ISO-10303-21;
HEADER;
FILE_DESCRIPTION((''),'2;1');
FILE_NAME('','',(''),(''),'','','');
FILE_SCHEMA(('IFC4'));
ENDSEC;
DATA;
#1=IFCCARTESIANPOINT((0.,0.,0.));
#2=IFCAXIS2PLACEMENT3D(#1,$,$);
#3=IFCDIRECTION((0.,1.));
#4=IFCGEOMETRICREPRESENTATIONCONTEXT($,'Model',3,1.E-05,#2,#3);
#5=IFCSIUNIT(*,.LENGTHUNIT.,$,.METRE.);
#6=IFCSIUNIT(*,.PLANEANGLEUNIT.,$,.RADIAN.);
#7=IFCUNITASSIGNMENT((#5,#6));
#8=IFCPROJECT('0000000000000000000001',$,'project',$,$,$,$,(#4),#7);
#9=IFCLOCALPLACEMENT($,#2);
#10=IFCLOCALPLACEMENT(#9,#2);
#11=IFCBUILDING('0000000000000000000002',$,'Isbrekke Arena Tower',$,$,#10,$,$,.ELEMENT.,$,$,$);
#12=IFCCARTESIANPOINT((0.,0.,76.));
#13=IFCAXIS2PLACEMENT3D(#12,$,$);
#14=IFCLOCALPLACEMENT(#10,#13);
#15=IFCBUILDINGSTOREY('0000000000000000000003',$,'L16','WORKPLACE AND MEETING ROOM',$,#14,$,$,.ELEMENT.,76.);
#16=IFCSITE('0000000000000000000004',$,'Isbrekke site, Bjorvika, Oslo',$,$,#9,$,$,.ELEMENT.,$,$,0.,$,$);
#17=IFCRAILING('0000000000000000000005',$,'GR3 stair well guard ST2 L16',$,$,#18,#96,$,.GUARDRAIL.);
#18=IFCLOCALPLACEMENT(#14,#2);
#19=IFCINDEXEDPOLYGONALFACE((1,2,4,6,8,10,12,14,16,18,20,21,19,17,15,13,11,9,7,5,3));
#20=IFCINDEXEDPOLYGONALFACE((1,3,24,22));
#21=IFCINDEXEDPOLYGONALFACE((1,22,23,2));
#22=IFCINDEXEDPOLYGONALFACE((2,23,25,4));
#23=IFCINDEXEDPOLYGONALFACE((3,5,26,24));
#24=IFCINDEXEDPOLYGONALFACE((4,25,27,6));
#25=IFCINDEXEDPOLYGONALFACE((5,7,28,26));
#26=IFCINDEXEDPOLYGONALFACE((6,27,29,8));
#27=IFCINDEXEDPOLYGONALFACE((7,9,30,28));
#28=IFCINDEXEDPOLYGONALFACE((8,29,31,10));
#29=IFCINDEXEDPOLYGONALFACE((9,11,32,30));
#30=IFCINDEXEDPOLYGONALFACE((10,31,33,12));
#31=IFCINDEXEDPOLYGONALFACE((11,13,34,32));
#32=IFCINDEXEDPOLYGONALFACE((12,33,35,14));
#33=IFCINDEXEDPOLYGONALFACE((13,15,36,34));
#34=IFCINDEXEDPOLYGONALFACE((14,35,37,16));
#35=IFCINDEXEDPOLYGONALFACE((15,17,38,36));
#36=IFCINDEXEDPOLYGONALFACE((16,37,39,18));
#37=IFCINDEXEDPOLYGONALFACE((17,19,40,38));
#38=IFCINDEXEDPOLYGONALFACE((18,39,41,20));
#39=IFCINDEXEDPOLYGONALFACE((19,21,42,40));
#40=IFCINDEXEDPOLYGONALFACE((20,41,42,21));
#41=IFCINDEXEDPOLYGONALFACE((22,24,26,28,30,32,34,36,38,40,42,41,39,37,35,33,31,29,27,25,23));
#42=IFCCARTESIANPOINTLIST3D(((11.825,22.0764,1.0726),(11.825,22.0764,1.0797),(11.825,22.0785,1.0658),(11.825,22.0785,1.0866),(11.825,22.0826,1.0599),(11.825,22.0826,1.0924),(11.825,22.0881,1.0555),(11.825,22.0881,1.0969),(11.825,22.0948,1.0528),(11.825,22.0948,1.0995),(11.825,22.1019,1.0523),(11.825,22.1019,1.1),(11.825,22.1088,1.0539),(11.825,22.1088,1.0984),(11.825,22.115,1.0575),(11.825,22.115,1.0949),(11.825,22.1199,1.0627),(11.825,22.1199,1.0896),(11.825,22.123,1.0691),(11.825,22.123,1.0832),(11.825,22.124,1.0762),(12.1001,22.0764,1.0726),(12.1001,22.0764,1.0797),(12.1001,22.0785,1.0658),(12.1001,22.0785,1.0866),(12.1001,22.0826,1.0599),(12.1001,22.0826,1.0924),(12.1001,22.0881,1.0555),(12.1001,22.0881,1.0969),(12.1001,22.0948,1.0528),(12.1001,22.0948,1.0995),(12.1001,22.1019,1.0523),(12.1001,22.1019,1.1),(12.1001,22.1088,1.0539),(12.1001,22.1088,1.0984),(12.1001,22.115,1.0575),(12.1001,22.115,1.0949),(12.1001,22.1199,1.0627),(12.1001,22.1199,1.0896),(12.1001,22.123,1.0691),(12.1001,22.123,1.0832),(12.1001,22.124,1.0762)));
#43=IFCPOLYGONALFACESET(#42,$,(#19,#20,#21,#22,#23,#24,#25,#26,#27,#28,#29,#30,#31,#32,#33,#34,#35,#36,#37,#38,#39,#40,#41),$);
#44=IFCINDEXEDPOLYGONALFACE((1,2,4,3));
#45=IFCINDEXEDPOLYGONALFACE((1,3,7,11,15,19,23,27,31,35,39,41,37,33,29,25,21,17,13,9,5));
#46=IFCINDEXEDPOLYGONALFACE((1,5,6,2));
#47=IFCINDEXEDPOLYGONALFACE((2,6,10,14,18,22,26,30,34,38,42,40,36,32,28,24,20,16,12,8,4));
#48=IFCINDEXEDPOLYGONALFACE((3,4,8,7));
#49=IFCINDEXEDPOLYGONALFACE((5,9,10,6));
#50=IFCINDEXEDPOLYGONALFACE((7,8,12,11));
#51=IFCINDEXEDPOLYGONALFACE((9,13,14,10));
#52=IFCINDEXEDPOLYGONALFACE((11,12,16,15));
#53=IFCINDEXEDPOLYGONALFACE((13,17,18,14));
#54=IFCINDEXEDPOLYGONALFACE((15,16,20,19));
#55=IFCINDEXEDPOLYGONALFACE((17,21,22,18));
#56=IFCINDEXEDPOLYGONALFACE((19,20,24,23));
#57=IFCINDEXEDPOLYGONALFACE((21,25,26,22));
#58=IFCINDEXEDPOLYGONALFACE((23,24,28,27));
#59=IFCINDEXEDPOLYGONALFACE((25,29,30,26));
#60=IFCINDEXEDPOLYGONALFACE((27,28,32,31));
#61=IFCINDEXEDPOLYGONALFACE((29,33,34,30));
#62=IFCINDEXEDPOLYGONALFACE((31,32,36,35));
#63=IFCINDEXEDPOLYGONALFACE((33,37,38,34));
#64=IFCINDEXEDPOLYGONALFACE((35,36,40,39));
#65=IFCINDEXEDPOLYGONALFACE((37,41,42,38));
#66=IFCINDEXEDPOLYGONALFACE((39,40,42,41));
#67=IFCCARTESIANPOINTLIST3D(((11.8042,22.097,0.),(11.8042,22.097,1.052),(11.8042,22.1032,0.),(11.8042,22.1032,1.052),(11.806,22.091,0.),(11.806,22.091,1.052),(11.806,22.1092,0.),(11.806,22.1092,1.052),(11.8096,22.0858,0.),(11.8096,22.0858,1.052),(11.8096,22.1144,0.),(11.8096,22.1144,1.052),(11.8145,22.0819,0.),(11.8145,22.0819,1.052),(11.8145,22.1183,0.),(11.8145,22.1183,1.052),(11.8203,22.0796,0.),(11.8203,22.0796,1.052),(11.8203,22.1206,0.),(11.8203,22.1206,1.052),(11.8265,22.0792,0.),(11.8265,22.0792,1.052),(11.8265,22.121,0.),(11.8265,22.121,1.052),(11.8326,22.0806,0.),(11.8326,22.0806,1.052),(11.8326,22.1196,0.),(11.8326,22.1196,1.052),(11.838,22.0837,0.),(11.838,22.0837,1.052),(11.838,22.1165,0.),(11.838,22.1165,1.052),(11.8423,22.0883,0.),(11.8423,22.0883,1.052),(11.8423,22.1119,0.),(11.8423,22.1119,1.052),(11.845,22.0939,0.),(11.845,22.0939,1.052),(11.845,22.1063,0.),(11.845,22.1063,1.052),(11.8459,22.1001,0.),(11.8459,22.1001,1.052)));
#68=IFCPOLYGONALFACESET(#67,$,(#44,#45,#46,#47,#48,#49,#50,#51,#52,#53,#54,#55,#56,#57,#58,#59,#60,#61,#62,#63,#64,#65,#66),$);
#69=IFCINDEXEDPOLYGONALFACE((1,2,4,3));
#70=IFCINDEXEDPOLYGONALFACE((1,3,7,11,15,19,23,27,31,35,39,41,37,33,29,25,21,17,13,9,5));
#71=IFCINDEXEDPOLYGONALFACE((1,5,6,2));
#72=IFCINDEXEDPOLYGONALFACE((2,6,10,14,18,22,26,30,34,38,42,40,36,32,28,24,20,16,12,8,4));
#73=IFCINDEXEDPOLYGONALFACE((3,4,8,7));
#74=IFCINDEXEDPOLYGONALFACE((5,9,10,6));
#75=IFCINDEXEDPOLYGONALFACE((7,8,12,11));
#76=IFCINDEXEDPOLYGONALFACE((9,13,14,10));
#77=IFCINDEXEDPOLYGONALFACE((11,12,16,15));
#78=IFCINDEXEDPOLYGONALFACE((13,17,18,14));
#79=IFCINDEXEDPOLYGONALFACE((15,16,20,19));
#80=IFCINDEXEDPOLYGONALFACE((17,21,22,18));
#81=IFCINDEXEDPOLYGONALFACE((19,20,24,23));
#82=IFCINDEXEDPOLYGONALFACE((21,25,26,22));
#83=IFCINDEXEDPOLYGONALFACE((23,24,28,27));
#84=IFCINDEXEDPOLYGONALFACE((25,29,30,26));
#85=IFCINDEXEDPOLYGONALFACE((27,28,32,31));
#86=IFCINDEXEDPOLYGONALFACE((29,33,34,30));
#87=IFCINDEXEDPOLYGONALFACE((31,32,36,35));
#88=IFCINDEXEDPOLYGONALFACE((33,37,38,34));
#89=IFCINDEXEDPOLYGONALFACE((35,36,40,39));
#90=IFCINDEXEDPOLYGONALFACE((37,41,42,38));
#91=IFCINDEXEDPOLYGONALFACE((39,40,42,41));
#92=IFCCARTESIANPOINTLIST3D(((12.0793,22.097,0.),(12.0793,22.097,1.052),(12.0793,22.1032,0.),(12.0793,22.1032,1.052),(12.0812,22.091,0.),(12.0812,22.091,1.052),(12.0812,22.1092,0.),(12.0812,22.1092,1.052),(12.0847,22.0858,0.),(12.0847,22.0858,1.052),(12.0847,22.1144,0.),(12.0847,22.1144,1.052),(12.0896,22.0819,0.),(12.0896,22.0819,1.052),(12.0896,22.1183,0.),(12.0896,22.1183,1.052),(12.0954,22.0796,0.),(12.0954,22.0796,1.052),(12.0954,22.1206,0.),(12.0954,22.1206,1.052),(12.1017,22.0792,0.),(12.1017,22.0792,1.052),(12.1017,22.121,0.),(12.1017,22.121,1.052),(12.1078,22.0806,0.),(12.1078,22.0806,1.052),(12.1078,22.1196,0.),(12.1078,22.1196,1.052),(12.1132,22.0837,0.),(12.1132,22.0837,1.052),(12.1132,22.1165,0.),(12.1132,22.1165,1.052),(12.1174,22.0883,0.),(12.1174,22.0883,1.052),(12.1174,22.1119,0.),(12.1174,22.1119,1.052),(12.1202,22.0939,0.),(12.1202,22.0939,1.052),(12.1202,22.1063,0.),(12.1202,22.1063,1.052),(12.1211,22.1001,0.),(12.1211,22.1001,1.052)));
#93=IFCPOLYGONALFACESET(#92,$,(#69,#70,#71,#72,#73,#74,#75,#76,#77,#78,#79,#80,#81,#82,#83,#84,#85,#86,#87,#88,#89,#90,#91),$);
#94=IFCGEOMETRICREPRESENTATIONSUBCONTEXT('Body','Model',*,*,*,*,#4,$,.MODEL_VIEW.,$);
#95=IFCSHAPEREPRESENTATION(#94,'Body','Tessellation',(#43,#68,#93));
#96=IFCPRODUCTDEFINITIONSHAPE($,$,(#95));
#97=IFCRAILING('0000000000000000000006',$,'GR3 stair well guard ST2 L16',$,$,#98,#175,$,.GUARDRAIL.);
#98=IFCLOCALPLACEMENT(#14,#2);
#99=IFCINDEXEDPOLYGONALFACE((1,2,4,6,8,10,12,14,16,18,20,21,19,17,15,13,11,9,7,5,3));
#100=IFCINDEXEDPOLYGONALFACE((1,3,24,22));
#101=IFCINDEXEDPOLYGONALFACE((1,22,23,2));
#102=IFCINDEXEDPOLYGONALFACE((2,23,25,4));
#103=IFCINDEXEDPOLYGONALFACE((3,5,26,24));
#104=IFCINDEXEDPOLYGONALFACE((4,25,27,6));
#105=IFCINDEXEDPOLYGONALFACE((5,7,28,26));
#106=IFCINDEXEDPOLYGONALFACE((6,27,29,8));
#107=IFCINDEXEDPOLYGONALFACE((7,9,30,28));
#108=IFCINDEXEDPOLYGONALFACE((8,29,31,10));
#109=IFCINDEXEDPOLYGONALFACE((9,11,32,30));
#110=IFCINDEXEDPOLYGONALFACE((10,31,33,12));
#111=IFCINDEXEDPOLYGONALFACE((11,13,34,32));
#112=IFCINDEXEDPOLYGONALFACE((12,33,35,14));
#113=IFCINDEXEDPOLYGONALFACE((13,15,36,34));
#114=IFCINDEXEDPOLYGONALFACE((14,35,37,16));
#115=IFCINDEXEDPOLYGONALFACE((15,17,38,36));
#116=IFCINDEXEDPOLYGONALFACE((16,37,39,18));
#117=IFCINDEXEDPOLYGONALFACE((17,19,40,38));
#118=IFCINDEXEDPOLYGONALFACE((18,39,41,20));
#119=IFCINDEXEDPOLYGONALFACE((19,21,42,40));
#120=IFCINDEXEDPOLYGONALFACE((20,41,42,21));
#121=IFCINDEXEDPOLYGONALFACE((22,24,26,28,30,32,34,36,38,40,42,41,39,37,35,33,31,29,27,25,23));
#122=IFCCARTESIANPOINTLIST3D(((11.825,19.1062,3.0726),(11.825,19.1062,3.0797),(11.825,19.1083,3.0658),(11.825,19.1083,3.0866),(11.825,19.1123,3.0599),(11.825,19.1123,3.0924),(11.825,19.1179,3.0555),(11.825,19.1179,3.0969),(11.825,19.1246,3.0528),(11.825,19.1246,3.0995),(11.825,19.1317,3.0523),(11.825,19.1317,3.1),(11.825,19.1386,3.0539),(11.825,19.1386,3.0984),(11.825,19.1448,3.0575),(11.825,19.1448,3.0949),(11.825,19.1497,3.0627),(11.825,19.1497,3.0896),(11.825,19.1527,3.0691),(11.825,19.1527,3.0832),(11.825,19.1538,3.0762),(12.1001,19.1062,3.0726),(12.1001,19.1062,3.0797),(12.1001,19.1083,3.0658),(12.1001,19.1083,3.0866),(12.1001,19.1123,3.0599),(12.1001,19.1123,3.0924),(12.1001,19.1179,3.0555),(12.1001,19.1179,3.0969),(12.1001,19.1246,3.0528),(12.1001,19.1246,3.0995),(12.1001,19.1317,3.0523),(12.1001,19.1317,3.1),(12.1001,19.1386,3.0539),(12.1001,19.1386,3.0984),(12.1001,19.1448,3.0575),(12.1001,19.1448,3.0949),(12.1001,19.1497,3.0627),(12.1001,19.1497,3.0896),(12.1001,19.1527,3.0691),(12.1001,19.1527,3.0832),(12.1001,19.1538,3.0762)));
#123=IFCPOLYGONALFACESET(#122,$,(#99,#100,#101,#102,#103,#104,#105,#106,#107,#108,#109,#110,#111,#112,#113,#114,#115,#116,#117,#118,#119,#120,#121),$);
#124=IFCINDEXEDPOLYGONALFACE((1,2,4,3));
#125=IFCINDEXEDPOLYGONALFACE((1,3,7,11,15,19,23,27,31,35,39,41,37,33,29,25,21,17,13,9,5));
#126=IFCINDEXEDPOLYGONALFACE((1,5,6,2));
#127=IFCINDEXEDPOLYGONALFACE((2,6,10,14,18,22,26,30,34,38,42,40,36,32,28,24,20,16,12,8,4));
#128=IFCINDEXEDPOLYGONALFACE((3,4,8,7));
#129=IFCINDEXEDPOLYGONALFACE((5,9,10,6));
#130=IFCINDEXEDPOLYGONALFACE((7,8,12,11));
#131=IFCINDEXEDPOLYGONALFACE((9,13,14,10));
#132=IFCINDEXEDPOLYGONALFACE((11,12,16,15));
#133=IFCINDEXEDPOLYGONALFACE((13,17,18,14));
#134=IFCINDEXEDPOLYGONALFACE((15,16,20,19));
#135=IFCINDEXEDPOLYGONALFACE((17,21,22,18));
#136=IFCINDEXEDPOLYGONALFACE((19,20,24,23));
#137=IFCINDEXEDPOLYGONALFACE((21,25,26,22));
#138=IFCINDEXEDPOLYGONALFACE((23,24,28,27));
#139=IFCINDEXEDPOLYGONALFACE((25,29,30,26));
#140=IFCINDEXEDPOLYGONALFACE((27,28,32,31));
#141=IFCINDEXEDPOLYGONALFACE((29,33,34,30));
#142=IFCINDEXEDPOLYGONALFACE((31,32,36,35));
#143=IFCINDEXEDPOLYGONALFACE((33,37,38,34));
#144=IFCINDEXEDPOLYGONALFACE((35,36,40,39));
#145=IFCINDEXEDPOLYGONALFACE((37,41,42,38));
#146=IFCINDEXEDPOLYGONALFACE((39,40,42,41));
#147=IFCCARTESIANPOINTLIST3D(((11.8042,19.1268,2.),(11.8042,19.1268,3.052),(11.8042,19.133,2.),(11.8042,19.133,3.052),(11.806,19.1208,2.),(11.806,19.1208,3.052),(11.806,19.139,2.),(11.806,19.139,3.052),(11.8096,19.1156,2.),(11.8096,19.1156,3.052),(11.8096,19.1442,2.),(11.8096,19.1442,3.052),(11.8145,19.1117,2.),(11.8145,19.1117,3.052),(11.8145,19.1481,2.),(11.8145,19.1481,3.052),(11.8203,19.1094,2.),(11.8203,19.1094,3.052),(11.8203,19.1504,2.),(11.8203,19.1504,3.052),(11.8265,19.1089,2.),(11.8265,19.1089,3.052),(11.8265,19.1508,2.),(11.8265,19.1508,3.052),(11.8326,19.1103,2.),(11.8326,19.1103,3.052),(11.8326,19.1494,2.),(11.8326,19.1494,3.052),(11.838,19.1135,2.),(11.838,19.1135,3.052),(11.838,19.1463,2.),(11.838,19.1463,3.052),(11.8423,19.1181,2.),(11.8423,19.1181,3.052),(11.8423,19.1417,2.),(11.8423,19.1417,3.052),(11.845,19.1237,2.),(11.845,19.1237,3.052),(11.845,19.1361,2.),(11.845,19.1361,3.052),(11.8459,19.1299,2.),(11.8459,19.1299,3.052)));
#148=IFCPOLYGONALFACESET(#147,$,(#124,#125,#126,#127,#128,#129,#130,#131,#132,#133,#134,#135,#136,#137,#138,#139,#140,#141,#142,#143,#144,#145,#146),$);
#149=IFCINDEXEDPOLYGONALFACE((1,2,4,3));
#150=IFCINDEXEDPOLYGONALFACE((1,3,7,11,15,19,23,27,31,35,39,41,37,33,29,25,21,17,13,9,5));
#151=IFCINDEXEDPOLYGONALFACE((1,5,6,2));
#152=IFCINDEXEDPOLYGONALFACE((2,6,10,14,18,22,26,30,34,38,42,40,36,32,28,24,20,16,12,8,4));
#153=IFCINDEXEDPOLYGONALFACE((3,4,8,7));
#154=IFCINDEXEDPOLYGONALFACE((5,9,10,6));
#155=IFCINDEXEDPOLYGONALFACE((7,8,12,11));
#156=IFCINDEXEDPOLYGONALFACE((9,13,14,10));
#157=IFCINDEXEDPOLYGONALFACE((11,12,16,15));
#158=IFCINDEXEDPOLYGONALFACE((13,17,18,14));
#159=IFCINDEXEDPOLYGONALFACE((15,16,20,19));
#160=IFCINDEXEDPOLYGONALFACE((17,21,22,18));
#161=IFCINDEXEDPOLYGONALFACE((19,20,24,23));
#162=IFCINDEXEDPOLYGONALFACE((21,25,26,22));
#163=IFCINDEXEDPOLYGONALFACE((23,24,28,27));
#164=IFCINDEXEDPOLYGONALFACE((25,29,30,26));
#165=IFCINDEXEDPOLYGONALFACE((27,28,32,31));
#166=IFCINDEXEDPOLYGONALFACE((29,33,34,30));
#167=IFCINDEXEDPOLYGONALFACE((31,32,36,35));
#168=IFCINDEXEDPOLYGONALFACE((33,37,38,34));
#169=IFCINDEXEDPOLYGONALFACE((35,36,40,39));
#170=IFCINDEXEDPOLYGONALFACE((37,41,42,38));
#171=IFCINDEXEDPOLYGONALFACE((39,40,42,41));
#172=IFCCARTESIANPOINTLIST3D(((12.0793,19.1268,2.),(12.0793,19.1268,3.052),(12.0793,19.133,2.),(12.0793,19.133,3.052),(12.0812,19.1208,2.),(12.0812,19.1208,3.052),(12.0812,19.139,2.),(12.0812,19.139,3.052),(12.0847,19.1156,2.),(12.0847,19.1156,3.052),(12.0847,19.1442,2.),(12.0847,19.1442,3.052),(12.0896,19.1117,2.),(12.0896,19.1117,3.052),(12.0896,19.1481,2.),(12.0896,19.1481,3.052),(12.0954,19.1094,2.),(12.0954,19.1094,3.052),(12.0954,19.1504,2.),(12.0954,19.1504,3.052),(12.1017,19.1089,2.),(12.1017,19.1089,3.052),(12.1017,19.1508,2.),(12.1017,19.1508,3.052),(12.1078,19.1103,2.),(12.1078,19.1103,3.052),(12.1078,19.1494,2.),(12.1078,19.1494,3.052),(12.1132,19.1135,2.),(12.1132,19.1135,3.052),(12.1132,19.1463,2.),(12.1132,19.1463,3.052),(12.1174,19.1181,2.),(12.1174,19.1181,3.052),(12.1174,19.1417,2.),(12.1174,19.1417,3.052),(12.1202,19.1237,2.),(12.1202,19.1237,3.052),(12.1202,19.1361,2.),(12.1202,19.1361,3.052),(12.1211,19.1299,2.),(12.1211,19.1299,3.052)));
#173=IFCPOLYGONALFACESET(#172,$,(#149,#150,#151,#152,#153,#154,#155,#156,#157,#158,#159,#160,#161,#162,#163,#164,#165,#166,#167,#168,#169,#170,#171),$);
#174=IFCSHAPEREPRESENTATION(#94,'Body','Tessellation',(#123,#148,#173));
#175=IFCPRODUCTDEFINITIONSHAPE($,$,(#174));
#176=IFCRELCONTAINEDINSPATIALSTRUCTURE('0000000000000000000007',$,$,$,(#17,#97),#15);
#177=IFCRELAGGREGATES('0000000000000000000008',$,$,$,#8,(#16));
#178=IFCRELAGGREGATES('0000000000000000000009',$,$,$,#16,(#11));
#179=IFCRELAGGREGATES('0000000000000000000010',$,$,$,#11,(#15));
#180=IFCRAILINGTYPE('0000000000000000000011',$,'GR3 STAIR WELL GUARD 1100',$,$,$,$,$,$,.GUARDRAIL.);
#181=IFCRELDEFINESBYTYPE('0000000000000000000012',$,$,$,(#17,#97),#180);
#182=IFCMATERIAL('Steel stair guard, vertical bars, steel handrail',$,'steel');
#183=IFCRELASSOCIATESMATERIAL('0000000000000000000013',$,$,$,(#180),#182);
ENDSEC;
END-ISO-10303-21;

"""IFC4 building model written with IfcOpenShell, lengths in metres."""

from ifc_helpers import new_model, si_unit, direction, frame, origin, origin_2d, place, context, subcontext, project, spatial, circle, extrude, material, type_object, element, save


model = new_model("IFC4")

# Units and contexts
model_context = context("Model", 3, precision=1e-05, world=origin(), true_north=direction((0.0, 1.0)))
body_context = subcontext(model_context, "Body", "Model", "MODEL_VIEW")
ifc_project = project(units=[si_unit("LENGTHUNIT", "METRE"), si_unit("PLANEANGLEUNIT", "RADIAN")], contexts=[model_context])

# Site, building, storey
site_placement = place(None, origin())
site = spatial("IfcSite", under=ifc_project, at=site_placement, Name="Isbrekke site, Bjorvika, Oslo", CompositionType="ELEMENT", RefElevation=0.0)
building_placement = place(site_placement, origin())
building = spatial("IfcBuilding", under=site, at=building_placement, Name="Isbrekke Arena Tower", CompositionType="ELEMENT")
storey_placement = place(building_placement, frame((0.0, 0.0, 76.0)))
storey = spatial("IfcBuildingStorey", under=building, at=storey_placement, Name="L16", Description="WORKPLACE AND MEETING ROOM", CompositionType="ELEMENT", Elevation=76.0)

# Railings
ifc_material_1 = material(Name="Steel stair guard, vertical bars, steel handrail", Category="steel")
railing_type = type_object("IfcRailingType", Name="GR3 STAIR WELL GUARD 1100", PredefinedType="GUARDRAIL", material=ifc_material_1)
for number, where, name in (
    (1, (11.825, 22.1001, 0.0), "GR3 stair well guard ST2 L16"),
    (2, (11.825, 19.1299, 2.0), "GR3 stair well guard ST2 L16"),
):
    element("IfcRailing", number, at=place(storey_placement, frame(where)), inside=storey, type_object=railing_type, Name=name, PredefinedType="GUARDRAIL", context=body_context, shape_type="SweptSolid", body=[
        extrude(circle(Radius=0.0239, at=origin_2d()), frame((0.0, 0.0, 1.0762), z_axis=(1.0, 0.0, 0.0), x_axis=(0.0, 1.0, 0.0)), (0.0, 0.0, 1.0), 0.2751),
        extrude(circle(Radius=0.021, at=origin_2d()), origin(), (0.0, 0.0, 1.0), 1.052),
        extrude(circle(Radius=0.021, at=origin_2d()), frame((0.2751, 0.0, 0.0)), (0.0, 0.0, 1.0), 1.052),
    ])

save(model, "model.ifc")
